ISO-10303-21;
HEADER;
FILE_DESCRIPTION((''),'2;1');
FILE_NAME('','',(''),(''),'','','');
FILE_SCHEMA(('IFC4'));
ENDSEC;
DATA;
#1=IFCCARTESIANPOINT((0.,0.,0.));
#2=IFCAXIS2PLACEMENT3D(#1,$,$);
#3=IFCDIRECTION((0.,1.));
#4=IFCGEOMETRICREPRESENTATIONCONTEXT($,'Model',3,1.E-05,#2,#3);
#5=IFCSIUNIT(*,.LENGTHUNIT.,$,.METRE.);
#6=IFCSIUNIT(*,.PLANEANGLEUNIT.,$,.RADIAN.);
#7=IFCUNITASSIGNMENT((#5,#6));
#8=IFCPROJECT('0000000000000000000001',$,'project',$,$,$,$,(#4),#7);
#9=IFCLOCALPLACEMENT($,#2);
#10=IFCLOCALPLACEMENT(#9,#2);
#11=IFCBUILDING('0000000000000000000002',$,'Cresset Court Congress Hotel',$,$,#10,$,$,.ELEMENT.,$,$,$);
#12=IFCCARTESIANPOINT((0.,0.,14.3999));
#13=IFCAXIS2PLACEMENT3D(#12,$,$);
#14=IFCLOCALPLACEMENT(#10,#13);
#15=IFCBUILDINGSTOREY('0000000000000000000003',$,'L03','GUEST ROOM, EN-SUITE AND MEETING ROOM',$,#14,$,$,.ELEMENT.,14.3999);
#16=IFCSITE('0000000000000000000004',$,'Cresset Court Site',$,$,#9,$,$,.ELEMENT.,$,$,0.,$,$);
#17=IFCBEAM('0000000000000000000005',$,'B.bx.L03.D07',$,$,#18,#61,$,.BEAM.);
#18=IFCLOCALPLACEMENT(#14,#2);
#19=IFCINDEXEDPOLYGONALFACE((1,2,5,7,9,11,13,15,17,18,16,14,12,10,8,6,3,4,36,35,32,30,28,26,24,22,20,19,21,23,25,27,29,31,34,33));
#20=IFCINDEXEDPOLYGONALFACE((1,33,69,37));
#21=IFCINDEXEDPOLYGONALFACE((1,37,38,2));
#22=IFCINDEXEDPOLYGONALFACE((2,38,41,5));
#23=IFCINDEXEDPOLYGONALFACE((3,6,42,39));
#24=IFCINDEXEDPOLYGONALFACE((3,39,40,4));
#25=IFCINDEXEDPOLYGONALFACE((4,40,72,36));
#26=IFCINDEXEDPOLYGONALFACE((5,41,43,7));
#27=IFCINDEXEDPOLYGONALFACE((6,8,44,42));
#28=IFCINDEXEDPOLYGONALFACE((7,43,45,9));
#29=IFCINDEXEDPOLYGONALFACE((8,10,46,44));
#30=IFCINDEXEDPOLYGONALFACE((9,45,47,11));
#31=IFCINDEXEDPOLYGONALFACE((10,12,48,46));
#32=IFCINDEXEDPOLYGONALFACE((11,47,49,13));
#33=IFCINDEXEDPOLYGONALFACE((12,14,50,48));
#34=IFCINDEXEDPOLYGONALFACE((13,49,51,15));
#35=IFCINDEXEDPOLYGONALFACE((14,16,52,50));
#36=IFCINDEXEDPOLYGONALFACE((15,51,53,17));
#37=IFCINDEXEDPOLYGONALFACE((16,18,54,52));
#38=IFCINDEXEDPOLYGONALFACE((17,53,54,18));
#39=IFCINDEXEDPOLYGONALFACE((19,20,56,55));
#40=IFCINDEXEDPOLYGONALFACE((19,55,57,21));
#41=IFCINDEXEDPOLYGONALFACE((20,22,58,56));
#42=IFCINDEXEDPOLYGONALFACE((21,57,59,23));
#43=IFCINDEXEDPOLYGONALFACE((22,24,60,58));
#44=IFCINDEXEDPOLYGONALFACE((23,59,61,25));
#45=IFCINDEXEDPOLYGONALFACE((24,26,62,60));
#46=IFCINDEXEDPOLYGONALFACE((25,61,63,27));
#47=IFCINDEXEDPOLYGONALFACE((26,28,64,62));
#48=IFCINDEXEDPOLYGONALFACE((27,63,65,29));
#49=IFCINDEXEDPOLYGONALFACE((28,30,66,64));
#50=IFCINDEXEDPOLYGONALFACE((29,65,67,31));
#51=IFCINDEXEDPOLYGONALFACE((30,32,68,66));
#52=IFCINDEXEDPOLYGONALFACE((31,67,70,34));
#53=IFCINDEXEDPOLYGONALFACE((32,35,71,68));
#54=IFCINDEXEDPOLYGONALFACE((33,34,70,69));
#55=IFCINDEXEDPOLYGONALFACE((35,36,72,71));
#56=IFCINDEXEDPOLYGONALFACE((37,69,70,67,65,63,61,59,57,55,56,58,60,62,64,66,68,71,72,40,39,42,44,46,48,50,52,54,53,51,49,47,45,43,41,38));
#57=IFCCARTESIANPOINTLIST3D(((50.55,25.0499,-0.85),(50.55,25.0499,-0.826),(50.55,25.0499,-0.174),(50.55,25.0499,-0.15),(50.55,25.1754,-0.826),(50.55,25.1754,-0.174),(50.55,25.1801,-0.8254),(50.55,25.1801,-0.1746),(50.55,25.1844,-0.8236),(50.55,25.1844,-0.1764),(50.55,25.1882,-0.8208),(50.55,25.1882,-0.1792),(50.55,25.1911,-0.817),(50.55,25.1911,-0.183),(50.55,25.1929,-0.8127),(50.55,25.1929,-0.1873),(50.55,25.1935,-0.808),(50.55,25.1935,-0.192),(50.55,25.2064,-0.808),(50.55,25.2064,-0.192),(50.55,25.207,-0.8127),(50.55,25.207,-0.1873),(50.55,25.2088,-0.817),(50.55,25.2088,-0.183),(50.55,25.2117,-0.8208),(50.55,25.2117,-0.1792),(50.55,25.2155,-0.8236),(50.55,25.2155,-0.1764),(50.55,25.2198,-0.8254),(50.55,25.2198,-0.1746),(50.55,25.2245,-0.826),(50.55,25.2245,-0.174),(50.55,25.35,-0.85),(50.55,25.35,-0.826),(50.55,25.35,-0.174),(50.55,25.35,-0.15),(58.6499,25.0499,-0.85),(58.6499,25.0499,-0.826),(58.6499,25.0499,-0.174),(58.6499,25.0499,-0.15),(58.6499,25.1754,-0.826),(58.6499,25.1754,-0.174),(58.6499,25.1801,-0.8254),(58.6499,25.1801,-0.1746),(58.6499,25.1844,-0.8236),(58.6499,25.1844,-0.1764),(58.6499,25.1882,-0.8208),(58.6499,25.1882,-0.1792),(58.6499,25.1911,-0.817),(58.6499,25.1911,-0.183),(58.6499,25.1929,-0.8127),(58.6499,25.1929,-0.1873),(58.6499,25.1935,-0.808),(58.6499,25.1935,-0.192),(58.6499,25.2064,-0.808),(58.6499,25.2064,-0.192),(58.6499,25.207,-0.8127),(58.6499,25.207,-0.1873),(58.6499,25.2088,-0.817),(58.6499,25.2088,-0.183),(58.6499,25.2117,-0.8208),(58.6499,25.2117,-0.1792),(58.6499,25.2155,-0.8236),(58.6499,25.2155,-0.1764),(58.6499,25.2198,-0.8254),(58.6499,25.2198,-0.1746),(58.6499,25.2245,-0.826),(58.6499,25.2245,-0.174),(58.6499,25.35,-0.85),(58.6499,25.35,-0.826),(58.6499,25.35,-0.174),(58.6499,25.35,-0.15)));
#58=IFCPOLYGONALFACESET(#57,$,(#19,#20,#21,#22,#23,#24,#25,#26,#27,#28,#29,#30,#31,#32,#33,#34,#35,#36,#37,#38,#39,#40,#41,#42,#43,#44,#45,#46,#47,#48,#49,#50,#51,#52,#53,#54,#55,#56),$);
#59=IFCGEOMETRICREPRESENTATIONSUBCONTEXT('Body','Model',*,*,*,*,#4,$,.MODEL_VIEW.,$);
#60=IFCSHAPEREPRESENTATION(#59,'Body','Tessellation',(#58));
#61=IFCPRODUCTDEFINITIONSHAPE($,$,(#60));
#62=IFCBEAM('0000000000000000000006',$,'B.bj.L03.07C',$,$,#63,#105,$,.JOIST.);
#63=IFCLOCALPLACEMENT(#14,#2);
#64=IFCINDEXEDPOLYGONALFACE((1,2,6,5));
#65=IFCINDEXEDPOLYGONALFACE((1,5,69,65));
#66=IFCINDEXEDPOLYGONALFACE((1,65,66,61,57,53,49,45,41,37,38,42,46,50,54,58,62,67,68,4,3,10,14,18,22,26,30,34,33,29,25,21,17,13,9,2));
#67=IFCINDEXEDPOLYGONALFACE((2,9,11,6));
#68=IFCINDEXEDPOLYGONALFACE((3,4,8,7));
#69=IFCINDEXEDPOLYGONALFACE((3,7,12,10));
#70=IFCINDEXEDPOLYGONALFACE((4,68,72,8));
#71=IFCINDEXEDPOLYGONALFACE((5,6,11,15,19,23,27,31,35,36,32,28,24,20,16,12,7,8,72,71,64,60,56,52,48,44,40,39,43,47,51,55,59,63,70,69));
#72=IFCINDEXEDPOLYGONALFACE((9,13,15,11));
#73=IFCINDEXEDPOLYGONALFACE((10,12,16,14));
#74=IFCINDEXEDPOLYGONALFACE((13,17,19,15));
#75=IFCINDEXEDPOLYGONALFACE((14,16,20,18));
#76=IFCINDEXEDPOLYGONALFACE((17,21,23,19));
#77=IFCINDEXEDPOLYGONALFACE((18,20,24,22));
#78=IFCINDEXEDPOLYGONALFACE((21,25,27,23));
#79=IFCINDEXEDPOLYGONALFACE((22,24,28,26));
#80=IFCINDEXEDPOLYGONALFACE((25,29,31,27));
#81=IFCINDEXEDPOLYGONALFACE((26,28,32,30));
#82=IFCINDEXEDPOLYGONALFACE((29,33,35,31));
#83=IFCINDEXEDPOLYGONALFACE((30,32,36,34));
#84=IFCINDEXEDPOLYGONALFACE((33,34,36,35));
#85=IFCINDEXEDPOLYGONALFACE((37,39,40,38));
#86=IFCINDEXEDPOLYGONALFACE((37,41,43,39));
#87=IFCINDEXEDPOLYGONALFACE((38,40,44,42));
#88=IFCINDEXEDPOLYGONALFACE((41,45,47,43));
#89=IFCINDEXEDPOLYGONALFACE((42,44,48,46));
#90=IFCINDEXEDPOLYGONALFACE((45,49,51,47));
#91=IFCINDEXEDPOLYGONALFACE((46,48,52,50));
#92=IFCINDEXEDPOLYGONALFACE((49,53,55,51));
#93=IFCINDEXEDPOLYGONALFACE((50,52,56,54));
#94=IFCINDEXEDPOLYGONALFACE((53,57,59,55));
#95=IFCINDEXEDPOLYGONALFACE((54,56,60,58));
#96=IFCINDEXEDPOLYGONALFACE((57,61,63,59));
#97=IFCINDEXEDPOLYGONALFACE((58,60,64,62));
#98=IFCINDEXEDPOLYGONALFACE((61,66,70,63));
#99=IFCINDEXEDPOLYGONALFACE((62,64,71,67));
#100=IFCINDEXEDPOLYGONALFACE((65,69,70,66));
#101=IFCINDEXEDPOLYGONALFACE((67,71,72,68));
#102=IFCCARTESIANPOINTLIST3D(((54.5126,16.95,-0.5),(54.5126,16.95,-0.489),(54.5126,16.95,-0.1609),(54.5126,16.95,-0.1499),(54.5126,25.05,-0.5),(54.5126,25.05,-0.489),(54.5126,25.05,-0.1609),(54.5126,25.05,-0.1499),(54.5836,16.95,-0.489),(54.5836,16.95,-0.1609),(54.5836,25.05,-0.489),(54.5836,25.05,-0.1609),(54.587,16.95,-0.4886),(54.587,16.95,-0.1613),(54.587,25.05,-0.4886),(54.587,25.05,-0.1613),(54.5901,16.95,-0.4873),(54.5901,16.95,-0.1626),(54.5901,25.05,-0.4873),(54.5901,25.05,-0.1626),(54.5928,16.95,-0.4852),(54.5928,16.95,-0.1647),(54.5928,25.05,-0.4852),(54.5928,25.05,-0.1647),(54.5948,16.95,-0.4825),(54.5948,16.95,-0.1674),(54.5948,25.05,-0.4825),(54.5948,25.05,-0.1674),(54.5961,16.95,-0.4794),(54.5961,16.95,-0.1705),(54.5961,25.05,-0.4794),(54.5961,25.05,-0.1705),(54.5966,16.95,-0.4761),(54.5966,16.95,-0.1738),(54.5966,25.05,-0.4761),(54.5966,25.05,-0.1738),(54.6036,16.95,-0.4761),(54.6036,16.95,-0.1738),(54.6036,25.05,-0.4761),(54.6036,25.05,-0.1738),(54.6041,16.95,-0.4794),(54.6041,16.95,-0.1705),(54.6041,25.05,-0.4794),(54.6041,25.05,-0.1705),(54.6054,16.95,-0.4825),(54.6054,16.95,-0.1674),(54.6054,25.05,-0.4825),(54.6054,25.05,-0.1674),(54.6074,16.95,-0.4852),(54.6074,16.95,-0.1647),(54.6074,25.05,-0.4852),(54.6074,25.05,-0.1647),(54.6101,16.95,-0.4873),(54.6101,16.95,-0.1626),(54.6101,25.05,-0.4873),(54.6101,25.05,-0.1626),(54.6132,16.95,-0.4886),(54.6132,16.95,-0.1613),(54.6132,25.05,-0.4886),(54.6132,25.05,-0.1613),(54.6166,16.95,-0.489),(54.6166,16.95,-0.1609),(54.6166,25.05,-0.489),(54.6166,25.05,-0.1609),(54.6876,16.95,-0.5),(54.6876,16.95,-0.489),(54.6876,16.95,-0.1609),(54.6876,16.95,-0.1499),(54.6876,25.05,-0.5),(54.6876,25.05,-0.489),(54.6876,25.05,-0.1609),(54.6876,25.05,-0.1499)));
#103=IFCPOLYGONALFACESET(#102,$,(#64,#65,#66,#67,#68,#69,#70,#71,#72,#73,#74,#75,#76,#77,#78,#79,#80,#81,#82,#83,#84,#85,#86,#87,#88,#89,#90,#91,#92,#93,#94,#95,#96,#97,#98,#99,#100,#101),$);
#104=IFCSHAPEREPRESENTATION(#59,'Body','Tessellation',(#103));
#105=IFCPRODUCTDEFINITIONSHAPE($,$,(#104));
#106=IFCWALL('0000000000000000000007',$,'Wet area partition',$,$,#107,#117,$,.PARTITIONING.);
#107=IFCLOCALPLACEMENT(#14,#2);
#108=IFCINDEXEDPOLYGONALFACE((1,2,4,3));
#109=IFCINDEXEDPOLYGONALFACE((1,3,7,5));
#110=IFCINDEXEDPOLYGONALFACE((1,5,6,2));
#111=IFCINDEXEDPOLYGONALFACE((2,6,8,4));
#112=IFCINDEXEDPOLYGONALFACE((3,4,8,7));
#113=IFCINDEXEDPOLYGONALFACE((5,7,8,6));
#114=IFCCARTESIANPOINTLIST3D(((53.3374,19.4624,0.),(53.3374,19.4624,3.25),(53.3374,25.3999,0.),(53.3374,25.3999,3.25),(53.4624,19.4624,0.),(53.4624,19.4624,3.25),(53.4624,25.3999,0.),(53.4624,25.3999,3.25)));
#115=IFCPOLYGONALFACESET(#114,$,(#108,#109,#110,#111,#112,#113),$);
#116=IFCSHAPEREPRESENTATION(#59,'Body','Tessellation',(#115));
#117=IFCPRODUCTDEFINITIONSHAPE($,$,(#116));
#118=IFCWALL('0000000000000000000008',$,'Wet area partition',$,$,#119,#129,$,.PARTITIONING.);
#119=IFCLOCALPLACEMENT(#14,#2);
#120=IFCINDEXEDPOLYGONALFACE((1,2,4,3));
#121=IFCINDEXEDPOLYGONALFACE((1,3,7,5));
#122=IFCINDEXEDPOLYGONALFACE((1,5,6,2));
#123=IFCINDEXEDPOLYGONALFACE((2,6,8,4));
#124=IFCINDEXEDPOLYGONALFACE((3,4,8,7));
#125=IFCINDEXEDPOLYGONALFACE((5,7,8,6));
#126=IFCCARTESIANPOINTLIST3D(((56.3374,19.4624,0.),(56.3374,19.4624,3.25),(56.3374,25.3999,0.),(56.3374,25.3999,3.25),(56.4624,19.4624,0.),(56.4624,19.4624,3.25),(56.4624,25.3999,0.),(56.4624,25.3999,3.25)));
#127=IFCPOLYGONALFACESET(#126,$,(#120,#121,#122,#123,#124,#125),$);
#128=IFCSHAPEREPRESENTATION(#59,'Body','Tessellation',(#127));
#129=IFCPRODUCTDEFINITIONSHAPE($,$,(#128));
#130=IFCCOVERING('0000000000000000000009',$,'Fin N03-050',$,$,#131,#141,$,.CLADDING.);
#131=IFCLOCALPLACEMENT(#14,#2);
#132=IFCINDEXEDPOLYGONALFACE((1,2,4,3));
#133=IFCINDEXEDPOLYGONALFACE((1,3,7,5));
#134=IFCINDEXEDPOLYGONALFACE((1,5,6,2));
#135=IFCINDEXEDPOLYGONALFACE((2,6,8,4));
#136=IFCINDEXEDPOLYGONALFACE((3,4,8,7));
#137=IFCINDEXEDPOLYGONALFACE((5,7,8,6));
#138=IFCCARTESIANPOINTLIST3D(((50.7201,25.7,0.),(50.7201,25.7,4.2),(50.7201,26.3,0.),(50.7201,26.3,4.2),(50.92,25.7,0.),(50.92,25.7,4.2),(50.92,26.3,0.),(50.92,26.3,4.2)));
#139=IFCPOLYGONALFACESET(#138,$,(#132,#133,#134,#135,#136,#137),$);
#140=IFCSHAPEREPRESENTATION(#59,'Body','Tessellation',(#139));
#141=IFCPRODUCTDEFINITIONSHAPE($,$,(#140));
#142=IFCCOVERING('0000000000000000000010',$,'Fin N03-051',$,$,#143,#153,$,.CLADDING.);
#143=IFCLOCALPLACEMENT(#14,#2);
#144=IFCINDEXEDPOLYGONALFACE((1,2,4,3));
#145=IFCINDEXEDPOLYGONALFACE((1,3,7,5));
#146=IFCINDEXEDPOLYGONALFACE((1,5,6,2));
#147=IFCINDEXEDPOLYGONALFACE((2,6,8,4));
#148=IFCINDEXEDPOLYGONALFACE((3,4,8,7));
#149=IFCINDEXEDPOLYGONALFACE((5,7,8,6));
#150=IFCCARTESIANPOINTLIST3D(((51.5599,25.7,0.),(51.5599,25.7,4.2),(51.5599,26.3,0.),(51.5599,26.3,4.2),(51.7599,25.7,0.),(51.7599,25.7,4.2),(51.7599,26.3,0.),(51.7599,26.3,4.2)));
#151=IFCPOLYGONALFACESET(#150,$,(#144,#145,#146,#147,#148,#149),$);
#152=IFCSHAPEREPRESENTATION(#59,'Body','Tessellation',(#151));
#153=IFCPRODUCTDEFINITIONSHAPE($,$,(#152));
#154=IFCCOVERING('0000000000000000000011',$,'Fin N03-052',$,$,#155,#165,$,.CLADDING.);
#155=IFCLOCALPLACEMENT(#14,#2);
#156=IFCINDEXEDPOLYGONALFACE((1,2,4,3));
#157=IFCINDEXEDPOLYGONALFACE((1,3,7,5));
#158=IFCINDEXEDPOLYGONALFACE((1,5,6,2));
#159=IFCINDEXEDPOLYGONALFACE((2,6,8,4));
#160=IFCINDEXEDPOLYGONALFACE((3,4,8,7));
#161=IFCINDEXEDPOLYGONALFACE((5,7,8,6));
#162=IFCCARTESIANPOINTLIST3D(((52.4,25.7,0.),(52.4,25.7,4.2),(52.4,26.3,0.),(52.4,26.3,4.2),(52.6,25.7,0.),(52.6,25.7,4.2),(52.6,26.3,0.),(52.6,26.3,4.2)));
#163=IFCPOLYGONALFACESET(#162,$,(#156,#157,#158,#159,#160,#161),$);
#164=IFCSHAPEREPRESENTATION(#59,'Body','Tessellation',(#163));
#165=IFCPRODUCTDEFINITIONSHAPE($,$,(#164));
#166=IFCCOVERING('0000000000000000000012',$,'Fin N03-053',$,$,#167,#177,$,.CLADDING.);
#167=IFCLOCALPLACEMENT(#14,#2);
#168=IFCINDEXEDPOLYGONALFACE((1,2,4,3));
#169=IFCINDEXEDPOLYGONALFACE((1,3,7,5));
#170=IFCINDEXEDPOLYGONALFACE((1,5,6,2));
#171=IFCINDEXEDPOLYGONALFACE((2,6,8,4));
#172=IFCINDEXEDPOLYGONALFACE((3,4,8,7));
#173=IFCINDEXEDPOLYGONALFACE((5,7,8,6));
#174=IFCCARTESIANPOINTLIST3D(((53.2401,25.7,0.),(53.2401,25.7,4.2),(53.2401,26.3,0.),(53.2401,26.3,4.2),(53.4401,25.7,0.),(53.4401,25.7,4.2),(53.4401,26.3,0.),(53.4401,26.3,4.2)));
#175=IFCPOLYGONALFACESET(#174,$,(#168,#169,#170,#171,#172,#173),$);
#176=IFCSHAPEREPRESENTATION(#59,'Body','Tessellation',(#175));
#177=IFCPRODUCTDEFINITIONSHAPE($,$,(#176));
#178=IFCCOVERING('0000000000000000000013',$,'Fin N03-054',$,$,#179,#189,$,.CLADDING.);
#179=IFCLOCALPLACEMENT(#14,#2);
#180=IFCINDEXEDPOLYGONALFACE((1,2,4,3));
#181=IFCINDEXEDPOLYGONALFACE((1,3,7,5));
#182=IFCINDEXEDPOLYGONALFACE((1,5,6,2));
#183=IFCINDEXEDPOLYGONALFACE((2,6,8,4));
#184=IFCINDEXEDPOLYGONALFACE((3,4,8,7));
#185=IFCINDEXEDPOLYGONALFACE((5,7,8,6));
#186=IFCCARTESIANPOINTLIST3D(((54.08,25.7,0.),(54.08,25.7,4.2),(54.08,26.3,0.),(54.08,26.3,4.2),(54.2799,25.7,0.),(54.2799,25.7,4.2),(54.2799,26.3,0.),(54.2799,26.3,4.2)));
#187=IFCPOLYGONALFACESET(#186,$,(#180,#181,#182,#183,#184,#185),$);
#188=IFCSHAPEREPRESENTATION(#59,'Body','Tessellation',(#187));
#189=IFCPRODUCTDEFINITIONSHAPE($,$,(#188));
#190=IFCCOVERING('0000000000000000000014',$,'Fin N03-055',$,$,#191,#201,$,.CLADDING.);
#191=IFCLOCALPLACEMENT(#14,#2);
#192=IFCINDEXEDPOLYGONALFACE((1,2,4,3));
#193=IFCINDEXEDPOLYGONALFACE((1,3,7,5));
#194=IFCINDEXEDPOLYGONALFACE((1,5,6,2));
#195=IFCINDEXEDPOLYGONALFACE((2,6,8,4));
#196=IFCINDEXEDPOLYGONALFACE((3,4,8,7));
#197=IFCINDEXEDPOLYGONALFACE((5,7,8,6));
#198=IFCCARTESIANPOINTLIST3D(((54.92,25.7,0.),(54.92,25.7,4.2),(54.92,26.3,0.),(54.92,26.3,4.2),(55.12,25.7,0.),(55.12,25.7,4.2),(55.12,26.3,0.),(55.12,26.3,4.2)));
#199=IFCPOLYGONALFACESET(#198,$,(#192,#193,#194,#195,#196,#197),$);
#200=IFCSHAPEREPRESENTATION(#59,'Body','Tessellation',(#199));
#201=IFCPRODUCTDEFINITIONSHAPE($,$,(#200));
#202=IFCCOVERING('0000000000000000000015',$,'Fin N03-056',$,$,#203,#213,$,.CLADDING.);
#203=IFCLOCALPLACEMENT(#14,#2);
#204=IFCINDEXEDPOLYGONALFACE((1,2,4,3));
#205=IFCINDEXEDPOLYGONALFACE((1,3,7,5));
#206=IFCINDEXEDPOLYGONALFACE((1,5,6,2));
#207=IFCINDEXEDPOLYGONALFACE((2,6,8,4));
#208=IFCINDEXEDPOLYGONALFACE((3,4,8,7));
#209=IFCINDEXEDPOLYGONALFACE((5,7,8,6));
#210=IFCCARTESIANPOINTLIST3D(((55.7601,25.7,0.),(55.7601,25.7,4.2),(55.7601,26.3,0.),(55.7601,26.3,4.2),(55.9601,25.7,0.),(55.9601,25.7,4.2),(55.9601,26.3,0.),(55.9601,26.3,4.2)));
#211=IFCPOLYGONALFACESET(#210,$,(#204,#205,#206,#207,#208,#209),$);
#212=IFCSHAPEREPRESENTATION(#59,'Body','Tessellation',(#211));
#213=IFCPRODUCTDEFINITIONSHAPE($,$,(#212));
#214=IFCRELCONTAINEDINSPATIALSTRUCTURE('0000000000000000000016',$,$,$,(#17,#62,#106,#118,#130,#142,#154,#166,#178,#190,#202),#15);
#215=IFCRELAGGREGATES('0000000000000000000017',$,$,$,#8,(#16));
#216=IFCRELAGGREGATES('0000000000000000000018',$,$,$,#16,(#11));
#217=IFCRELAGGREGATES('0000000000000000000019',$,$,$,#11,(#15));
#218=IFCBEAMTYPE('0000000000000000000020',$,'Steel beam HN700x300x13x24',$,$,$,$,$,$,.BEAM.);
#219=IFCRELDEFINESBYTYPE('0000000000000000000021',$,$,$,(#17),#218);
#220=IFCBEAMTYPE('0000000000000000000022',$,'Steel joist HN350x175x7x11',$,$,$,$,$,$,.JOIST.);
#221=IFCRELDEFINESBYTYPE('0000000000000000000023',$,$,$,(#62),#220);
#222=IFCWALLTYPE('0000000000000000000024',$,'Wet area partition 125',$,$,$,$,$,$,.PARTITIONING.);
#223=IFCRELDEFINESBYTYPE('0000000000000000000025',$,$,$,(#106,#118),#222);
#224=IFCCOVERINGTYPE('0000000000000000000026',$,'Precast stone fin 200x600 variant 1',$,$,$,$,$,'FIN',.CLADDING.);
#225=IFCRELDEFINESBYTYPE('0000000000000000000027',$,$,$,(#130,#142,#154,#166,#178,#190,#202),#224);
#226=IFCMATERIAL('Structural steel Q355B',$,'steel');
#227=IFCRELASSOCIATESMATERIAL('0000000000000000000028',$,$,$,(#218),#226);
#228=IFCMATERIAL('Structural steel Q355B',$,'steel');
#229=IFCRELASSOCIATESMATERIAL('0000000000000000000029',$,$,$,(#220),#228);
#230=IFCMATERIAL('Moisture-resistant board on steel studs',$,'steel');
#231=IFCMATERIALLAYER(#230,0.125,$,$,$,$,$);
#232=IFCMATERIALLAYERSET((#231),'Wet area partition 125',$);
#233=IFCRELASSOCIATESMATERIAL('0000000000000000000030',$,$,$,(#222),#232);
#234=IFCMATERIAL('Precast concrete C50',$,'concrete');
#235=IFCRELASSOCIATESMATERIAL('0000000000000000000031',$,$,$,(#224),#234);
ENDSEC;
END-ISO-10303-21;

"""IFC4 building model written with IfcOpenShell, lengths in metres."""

from ifc_helpers import new_model, si_unit, direction, frame, frame_2d, origin, origin_2d, place, context, subcontext, project, spatial, rectangle, i_section, extrude, material, layer, layer_set, material_profile, profile_set, type_object, element, save


model = new_model("IFC4")

# Units and contexts
model_context = context("Model", 3, precision=1e-05, world=origin(), true_north=direction((0.0, 1.0)))
body_context = subcontext(model_context, "Body", "Model", "MODEL_VIEW")
ifc_project = project(units=[si_unit("LENGTHUNIT", "METRE"), si_unit("PLANEANGLEUNIT", "RADIAN")], contexts=[model_context])

# Site, building, storey
site_placement = place(None, origin())
site = spatial("IfcSite", under=ifc_project, at=site_placement, Name="Cresset Court Site", CompositionType="ELEMENT", RefElevation=0.0)
building_placement = place(site_placement, origin())
building = spatial("IfcBuilding", under=site, at=building_placement, Name="Cresset Court Congress Hotel", CompositionType="ELEMENT")
storey_placement = place(building_placement, frame((0.0, 0.0, 14.3999)))
storey = spatial("IfcBuildingStorey", under=building, at=storey_placement, Name="L03", Description="GUEST ROOM, EN-SUITE AND MEETING ROOM", CompositionType="ELEMENT", Elevation=14.3999)

# Beams
ifc_material_1 = material(Name="Structural steel Q355B", Category="steel")
ifc_material_profile_1 = material_profile(ifc_material_1, i_section(OverallWidth=0.3, OverallDepth=0.7, WebThickness=0.0129, FlangeThickness=0.0239, FilletRadius=0.0181, at=origin_2d()), Name="HN700x300x13x24")
ifc_profile_set_1 = profile_set([ifc_material_profile_1], Name="Structural steel Q355B")
beam_type_1 = type_object("IfcBeamType", Name="Steel beam HN700x300x13x24", PredefinedType="BEAM", material=ifc_profile_set_1)
beam_1_placement = place(storey_placement, frame((50.55, 25.2, -0.5), z_axis=(1.0, 0.0, 0.0), x_axis=(0.0, 1.0, 0.0)))
element("IfcBeam", 1, at=beam_1_placement, inside=storey, type_object=beam_type_1, Name="B.bx.L03.D07", PredefinedType="BEAM", context=body_context, shape_type="SweptSolid", body=[
    extrude(i_section(OverallWidth=0.3, OverallDepth=0.7, WebThickness=0.0129, FlangeThickness=0.0239, FilletRadius=0.0181, at=origin_2d()), origin(), (0.0, 0.0, 1.0), 8.0999),
])
ifc_material_2 = material(Name="Structural steel Q355B", Category="steel")
ifc_material_profile_2 = material_profile(ifc_material_2, i_section(OverallWidth=0.175, OverallDepth=0.3501, WebThickness=0.0071, FlangeThickness=0.011, FilletRadius=0.0129, at=origin_2d()), Name="HN350x175x7x11")
ifc_profile_set_2 = profile_set([ifc_material_profile_2], Name="Structural steel Q355B")
beam_type_2 = type_object("IfcBeamType", Name="Steel joist HN350x175x7x11", PredefinedType="JOIST", material=ifc_profile_set_2)
beam_2_placement = place(storey_placement, frame((54.6001, 16.95, -0.325), z_axis=(0.0, 1.0, 0.0), x_axis=(-1.0, 0.0, 0.0)))
element("IfcBeam", 2, at=beam_2_placement, inside=storey, type_object=beam_type_2, Name="B.bj.L03.07C", PredefinedType="JOIST", context=body_context, shape_type="SweptSolid", body=[
    extrude(i_section(OverallWidth=0.175, OverallDepth=0.3501, WebThickness=0.0071, FlangeThickness=0.011, FilletRadius=0.0129, at=origin_2d()), origin(), (0.0, 0.0, 1.0), 8.1001),
])

# Walls
ifc_material_3 = material(Name="Moisture-resistant board on steel studs", Category="steel")
ifc_layer = layer(ifc_material_3, 0.125)
ifc_layer_set = layer_set([ifc_layer], Name="Wet area partition 125")
wall_type = type_object("IfcWallType", Name="Wet area partition 125", PredefinedType="PARTITIONING", material=ifc_layer_set)
for number, where, z_axis, x_axis, name in (
    (3, (53.3999, 19.4624, 0.0), (0.0, 0.0, 1.0), (0.0, 1.0, 0.0), "Wet area partition"),
    (4, (56.3999, 19.4624, 0.0), (0.0, 0.0, 1.0), (0.0, 1.0, 0.0), "Wet area partition"),
):
    element("IfcWall", number, at=place(storey_placement, frame(where, z_axis=z_axis, x_axis=x_axis)), inside=storey, type_object=wall_type, Name=name, PredefinedType="PARTITIONING", context=body_context, shape_type="SweptSolid", body=[
        extrude(rectangle(XDim=5.9375, YDim=0.125, at=frame_2d((2.9688, 0.0))), origin(), (0.0, 0.0, 1.0), 3.25),
    ])

# Coverings
ifc_material_4 = material(Name="Precast concrete C50", Category="concrete")
covering_type = type_object("IfcCoveringType", Name="Precast stone fin 200x600 variant 1", ElementType="FIN", PredefinedType="CLADDING", material=ifc_material_4)
for number, where, z_axis, x_axis, name in (
    (5, (50.8201, 26.0, 0.0), (0.0, 0.0, 1.0), (1.0, 0.0, 0.0), "Fin N03-050"),
    (6, (51.6599, 26.0, 0.0), (0.0, 0.0, 1.0), (1.0, 0.0, 0.0), "Fin N03-051"),
    (7, (52.5, 26.0, 0.0), (0.0, 0.0, 1.0), (1.0, 0.0, 0.0), "Fin N03-052"),
    (8, (53.3401, 26.0, 0.0), (0.0, 0.0, 1.0), (1.0, 0.0, 0.0), "Fin N03-053"),
    (9, (54.1799, 26.0, 0.0), (0.0, 0.0, 1.0), (1.0, 0.0, 0.0), "Fin N03-054"),
    (10, (55.02, 26.0, 0.0), (0.0, 0.0, 1.0), (1.0, 0.0, 0.0), "Fin N03-055"),
    (11, (55.8601, 26.0, 0.0), (0.0, 0.0, 1.0), (1.0, 0.0, 0.0), "Fin N03-056"),
):
    element("IfcCovering", number, at=place(storey_placement, frame(where, z_axis=z_axis, x_axis=x_axis)), inside=storey, type_object=covering_type, Name=name, PredefinedType="CLADDING", context=body_context, shape_type="SweptSolid", body=[
        extrude(rectangle(XDim=0.2, YDim=0.6001, at=origin_2d()), origin(), (0.0, 0.0, 1.0), 4.2),
    ])

save(model, "model.ifc")
